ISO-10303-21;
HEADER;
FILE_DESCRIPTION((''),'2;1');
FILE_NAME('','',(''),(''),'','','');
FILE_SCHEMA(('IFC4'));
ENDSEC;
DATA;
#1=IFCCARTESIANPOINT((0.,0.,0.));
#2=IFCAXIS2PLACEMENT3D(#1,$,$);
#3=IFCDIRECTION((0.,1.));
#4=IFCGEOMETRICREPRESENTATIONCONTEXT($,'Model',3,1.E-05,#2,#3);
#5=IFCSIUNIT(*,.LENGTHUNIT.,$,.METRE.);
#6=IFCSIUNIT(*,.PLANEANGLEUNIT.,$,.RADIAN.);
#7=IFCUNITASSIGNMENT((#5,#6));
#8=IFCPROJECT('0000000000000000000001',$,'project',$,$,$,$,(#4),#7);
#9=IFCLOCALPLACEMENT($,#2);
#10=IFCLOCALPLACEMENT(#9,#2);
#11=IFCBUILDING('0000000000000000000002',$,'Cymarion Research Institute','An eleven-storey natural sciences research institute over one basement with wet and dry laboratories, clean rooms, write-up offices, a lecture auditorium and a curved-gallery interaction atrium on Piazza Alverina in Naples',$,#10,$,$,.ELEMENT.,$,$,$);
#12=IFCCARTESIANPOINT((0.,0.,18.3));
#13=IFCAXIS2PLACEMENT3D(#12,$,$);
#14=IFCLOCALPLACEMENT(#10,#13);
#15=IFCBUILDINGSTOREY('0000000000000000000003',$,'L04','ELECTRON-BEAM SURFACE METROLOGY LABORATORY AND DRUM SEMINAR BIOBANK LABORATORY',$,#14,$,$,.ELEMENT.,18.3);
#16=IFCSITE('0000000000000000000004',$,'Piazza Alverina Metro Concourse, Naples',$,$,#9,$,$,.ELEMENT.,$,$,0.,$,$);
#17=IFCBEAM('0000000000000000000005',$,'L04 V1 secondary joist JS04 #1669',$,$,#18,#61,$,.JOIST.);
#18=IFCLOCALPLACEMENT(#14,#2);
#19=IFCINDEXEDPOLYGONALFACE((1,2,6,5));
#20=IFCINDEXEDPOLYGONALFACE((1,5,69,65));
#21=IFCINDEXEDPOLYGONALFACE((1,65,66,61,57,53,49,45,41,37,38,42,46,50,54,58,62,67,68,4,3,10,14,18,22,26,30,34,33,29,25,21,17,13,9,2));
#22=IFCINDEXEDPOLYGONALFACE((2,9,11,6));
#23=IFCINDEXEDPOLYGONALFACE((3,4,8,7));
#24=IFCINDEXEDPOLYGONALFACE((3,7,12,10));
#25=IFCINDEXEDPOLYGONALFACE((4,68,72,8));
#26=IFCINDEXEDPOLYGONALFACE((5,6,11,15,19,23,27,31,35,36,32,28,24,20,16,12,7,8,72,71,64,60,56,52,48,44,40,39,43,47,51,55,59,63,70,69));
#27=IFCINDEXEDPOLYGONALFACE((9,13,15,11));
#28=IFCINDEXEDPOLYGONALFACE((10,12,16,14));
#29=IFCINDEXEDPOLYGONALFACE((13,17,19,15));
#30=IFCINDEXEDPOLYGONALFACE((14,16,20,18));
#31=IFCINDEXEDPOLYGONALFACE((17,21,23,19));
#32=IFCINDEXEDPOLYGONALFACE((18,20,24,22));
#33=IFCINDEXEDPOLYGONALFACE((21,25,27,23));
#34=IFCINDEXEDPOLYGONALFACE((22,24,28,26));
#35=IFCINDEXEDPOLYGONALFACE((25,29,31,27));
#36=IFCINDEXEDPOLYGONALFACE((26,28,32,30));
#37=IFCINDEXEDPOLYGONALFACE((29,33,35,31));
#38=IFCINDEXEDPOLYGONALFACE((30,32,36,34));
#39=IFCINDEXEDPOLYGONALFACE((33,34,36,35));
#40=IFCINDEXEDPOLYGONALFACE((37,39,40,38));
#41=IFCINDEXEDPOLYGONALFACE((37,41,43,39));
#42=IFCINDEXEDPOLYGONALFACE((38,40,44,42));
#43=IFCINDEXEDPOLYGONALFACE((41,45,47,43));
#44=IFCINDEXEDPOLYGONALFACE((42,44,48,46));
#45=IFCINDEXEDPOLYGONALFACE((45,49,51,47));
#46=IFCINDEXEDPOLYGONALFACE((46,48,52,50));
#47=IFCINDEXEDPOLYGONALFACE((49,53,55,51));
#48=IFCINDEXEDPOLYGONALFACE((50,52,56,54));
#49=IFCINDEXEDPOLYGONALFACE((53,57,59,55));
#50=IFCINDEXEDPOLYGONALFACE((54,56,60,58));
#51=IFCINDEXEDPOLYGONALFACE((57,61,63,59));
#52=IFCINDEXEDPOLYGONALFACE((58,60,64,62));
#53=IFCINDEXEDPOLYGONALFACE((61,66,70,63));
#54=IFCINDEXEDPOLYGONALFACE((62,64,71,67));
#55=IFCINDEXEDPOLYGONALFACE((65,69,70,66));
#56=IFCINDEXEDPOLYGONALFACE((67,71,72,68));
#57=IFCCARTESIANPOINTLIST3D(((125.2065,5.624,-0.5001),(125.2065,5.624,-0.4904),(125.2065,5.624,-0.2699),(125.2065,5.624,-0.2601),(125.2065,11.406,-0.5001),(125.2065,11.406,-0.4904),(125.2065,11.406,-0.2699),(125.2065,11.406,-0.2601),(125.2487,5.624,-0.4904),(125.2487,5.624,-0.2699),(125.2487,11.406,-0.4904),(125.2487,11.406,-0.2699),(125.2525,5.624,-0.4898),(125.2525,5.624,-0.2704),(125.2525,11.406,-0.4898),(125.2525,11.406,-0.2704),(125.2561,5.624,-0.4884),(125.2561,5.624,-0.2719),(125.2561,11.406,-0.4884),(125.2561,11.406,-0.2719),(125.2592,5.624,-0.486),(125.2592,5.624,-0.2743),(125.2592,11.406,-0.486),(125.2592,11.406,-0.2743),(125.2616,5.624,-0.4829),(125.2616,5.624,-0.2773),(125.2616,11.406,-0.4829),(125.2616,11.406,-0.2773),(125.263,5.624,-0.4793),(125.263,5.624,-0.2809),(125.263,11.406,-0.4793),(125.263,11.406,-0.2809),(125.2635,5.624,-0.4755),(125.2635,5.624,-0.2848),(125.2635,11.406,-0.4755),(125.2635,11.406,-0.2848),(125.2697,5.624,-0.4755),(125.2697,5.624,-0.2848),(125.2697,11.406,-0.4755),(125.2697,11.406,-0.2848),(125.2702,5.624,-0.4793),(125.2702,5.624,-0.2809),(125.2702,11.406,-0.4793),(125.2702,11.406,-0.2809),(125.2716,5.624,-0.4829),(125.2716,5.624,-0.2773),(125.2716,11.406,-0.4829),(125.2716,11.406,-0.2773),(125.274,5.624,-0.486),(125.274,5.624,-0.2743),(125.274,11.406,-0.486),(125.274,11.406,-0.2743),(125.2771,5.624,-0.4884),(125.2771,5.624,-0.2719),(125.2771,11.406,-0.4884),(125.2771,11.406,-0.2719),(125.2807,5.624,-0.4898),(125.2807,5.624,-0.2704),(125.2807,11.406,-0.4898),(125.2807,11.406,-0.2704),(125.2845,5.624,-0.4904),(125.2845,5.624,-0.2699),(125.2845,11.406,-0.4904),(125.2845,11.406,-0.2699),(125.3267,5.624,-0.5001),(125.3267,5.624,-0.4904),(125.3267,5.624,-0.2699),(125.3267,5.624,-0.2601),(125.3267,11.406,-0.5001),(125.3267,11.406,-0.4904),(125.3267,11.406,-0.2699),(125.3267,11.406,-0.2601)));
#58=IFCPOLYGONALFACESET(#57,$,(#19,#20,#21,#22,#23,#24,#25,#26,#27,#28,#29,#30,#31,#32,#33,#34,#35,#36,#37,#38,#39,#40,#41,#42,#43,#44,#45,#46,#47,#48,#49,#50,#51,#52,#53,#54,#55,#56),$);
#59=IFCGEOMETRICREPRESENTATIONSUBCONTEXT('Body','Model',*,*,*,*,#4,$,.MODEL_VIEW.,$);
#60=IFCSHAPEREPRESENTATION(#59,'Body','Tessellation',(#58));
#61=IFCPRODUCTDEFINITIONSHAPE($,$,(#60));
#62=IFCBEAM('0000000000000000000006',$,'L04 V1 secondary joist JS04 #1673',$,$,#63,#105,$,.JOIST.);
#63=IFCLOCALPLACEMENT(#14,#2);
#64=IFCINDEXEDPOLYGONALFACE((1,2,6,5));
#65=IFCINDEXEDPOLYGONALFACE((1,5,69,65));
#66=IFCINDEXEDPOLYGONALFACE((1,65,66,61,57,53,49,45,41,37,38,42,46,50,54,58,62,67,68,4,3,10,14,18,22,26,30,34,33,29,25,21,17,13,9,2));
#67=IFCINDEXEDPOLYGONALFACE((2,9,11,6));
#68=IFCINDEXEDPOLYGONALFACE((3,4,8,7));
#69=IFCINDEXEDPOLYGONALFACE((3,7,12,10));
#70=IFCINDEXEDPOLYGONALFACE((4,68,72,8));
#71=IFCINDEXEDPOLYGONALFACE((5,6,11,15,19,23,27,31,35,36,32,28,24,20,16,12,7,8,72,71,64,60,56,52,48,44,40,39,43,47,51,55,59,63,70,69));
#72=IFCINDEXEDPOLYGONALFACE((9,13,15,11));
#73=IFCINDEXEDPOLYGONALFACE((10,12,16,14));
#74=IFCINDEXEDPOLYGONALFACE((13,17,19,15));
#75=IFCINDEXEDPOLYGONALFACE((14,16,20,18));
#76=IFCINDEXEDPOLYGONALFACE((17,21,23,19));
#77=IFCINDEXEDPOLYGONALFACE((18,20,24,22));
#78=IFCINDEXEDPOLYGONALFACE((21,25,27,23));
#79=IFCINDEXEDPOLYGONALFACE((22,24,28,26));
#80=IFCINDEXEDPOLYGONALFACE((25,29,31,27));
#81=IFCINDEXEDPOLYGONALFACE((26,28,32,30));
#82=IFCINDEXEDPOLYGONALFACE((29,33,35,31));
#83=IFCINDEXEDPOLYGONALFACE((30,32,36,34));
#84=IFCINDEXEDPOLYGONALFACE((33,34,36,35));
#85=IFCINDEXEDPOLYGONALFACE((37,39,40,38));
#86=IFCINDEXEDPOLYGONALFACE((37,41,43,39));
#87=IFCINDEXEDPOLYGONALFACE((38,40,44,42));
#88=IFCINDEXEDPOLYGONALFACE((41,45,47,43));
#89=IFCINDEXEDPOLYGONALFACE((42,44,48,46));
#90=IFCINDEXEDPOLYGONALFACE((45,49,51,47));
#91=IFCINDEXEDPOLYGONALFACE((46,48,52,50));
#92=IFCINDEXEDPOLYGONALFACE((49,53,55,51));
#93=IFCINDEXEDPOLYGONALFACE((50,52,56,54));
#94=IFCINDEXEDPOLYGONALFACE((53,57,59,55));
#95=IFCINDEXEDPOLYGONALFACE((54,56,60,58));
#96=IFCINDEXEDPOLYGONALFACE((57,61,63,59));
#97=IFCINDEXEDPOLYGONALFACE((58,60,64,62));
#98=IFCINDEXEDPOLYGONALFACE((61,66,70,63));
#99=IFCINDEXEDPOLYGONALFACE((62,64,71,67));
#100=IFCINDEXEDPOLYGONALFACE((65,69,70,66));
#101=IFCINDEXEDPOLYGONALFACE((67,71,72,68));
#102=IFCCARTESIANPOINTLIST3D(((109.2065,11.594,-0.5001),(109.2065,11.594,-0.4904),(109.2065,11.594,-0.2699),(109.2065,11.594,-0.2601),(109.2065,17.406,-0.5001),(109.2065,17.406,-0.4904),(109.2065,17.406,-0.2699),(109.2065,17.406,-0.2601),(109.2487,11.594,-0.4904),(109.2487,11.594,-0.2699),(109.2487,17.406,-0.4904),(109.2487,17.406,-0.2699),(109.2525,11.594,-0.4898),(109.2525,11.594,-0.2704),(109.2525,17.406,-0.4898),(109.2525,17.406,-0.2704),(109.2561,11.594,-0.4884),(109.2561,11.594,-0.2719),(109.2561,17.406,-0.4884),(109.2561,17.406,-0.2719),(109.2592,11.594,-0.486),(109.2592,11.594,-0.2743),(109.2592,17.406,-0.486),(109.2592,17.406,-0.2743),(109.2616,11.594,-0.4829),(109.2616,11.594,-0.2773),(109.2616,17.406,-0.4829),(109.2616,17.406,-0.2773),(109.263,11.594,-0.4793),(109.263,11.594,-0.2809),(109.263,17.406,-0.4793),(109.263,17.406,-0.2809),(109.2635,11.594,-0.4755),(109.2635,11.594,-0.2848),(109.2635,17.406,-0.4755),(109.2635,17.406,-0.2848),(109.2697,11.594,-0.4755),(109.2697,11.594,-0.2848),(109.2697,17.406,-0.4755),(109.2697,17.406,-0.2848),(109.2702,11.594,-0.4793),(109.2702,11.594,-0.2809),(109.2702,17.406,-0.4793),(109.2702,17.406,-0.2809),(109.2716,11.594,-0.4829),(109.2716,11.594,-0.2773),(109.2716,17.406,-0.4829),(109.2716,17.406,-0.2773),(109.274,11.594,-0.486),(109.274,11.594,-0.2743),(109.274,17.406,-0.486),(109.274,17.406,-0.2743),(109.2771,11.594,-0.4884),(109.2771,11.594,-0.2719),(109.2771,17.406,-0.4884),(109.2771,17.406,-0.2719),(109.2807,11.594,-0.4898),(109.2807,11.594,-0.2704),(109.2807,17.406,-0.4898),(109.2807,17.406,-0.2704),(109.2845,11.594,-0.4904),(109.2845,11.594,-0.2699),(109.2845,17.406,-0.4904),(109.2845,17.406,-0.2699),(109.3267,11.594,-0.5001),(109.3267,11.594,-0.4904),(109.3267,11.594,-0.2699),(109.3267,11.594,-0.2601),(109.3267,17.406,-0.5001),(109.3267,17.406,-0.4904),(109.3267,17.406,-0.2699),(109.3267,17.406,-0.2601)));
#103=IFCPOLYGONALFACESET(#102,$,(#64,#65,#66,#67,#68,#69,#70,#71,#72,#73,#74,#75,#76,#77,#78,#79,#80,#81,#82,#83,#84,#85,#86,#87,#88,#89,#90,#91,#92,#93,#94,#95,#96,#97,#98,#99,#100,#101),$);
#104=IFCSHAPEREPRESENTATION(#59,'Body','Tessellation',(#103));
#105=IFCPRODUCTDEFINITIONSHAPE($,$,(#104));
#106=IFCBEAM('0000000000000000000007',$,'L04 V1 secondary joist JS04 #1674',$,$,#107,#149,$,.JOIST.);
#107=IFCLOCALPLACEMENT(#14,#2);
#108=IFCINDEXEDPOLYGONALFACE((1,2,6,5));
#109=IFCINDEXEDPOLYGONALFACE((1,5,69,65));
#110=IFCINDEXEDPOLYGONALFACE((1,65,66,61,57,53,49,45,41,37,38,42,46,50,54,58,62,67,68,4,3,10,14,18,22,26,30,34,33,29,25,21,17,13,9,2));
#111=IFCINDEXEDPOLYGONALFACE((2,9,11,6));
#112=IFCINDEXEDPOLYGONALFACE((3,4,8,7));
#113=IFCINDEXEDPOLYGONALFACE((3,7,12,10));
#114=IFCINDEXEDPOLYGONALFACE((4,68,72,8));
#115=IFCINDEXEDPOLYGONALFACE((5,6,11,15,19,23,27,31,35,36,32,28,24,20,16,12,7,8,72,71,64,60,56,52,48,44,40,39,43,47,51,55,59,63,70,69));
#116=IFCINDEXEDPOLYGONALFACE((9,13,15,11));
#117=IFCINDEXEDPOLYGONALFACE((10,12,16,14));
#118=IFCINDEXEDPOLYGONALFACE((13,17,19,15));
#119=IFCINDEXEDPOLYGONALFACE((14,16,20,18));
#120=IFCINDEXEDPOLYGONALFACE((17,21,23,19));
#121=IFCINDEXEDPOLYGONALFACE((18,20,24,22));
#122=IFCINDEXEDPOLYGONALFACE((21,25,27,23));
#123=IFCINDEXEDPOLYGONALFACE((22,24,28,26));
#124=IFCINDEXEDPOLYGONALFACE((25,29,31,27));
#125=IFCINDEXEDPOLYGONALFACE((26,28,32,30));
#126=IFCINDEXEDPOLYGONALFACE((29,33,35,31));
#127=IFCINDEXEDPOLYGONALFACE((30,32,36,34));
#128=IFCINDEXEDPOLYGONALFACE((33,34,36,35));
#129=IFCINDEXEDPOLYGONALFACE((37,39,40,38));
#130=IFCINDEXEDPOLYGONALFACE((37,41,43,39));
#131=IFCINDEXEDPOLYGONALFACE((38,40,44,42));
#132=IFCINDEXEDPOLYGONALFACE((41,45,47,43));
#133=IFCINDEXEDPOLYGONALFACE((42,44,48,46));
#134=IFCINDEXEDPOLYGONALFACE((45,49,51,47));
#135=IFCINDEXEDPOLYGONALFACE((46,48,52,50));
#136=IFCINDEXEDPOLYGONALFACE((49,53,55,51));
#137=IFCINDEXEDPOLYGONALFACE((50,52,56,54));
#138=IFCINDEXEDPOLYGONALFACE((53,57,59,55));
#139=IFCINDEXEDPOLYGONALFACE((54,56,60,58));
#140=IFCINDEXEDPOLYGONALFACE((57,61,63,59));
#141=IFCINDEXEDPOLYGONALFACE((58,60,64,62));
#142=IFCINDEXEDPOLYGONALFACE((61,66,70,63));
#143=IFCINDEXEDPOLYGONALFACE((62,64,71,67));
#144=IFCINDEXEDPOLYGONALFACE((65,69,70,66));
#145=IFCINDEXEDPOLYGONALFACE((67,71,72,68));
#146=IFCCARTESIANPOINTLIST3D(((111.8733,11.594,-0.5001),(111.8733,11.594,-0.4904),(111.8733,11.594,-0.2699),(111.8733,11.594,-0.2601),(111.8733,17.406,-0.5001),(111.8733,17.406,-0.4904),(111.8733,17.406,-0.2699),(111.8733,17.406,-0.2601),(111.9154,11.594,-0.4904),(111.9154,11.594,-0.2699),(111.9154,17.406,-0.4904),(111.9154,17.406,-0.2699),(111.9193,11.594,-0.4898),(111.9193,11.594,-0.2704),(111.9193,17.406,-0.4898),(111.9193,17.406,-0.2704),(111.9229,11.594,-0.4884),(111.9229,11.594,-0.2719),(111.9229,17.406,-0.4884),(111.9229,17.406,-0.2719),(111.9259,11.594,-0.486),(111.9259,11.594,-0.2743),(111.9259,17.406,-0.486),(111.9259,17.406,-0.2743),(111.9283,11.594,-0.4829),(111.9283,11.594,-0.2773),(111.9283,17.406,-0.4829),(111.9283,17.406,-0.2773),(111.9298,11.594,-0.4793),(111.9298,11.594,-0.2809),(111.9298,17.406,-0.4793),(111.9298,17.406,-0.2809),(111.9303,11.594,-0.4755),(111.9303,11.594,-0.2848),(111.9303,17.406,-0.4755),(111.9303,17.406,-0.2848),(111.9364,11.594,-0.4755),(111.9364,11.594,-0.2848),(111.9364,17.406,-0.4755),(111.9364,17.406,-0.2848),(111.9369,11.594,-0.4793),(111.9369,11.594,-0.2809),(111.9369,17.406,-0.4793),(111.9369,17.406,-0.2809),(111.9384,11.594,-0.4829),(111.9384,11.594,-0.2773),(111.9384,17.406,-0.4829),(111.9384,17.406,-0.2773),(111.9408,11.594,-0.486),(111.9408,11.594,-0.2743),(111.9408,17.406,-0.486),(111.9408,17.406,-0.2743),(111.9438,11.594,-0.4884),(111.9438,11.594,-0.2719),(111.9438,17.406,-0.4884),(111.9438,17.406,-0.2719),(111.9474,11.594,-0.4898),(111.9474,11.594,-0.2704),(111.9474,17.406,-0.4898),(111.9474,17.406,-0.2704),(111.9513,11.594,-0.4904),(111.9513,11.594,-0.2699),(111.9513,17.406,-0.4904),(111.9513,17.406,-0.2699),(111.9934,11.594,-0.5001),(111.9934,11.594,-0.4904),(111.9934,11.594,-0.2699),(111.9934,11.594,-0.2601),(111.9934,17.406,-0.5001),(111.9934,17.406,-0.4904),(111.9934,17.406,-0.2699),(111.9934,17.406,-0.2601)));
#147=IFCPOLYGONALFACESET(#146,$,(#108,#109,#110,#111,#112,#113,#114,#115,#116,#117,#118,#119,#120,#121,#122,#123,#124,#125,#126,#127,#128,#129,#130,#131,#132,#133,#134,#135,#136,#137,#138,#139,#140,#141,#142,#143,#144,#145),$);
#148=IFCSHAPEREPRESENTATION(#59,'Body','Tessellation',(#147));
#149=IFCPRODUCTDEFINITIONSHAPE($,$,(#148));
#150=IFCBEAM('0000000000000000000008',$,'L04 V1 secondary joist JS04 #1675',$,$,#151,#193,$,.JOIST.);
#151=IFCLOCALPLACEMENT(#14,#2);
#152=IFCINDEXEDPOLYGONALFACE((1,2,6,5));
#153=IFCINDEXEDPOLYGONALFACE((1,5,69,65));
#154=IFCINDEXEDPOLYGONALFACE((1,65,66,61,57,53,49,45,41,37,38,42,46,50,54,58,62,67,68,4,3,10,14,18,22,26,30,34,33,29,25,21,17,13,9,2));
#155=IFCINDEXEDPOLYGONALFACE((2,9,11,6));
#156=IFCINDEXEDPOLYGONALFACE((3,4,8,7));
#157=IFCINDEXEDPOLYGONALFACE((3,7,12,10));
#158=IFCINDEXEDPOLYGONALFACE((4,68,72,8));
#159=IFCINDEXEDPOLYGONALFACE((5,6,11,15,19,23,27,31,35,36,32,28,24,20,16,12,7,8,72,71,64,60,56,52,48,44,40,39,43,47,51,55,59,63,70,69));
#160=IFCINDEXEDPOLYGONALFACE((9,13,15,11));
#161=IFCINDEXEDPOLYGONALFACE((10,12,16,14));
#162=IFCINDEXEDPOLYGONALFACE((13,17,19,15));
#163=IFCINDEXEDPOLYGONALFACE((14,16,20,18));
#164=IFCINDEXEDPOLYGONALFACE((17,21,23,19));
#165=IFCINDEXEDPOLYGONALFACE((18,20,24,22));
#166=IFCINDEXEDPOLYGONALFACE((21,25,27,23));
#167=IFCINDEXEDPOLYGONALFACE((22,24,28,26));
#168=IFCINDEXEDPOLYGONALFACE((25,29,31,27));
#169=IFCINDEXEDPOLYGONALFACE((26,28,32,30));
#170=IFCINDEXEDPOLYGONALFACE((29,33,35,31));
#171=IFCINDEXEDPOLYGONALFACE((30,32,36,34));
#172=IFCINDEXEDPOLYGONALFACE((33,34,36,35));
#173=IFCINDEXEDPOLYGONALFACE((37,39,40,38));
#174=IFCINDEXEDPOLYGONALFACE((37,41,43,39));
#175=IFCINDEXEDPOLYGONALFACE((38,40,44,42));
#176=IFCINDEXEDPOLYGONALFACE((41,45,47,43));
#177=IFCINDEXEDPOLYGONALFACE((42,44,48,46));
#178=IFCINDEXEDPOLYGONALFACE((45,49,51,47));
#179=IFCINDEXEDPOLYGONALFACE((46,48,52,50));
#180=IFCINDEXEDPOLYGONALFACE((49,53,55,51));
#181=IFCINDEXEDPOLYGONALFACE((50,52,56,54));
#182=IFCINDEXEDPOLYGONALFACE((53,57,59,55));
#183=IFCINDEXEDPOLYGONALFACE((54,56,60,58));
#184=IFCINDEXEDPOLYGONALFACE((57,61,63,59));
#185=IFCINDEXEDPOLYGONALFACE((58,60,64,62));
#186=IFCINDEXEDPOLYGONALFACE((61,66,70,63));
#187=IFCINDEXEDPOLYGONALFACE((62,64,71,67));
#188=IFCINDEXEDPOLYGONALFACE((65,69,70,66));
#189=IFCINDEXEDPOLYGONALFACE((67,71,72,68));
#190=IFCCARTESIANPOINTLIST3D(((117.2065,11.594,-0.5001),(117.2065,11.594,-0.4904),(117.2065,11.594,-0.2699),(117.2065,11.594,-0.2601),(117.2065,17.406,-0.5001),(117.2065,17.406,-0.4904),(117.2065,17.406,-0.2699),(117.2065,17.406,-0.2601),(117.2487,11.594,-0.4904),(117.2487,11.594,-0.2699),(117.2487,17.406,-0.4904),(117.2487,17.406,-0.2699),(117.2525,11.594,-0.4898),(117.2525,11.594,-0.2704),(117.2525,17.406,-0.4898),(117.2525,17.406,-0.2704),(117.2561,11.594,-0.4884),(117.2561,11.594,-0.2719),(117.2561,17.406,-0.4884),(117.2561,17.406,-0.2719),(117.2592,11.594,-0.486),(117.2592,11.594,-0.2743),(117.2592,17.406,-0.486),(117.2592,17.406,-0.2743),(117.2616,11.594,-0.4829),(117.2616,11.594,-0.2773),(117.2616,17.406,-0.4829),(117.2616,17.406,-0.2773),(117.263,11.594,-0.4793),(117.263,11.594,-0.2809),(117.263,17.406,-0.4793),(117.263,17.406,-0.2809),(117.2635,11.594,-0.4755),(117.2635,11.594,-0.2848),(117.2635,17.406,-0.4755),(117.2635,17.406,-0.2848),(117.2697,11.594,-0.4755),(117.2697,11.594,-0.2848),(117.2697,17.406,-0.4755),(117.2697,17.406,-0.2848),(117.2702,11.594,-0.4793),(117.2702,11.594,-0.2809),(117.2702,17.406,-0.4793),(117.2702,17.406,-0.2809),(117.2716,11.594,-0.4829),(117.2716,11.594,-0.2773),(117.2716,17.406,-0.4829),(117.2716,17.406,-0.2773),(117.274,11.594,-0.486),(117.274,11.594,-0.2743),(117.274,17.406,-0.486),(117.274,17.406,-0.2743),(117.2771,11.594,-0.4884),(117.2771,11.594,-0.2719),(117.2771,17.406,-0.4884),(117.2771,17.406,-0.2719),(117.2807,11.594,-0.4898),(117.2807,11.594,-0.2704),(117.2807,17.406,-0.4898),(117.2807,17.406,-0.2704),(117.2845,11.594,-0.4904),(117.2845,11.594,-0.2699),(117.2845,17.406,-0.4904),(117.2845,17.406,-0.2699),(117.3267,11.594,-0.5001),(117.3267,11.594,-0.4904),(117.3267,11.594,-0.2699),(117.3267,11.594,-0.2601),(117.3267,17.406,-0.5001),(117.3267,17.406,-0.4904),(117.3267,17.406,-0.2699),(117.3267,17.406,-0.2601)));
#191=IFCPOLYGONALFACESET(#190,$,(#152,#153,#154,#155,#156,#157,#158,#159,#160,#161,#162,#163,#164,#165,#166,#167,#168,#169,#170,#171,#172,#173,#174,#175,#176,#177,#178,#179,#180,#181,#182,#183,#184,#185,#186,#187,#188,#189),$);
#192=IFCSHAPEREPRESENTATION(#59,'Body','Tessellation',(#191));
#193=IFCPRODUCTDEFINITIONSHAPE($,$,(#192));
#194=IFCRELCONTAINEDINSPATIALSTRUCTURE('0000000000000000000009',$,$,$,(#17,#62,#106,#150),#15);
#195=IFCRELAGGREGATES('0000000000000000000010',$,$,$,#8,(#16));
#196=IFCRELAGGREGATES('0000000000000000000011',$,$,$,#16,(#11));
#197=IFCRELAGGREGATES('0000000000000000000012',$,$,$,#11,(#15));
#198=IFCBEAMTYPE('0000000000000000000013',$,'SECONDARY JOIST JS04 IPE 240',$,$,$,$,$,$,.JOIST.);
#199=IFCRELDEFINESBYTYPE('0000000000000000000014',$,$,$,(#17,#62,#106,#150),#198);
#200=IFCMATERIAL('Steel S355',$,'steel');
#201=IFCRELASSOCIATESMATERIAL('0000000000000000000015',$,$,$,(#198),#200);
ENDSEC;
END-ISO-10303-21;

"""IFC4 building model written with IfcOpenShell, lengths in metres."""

from ifc_helpers import new_model, si_unit, direction, frame, origin, origin_2d, place, context, subcontext, project, spatial, i_section, extrude, material, material_profile, profile_set, type_object, element, save


model = new_model("IFC4")

# Units and contexts
model_context = context("Model", 3, precision=1e-05, world=origin(), true_north=direction((0.0, 1.0)))
body_context = subcontext(model_context, "Body", "Model", "MODEL_VIEW")
ifc_project = project(units=[si_unit("LENGTHUNIT", "METRE"), si_unit("PLANEANGLEUNIT", "RADIAN")], contexts=[model_context])

# Site, building, storey
site_placement = place(None, origin())
site = spatial("IfcSite", under=ifc_project, at=site_placement, Name="Piazza Alverina Metro Concourse, Naples", CompositionType="ELEMENT", RefElevation=0.0)
building_placement = place(site_placement, origin())
building = spatial("IfcBuilding", under=site, at=building_placement, Name="Cymarion Research Institute", Description="An eleven-storey natural sciences research institute over one basement with wet and dry laboratories, clean rooms, write-up offices, a lecture auditorium and a curved-gallery interaction atrium on Piazza Alverina in Naples", CompositionType="ELEMENT")
storey_placement = place(building_placement, frame((0.0, 0.0, 18.3)))
storey = spatial("IfcBuildingStorey", under=building, at=storey_placement, Name="L04", Description="ELECTRON-BEAM SURFACE METROLOGY LABORATORY AND DRUM SEMINAR BIOBANK LABORATORY", CompositionType="ELEMENT", Elevation=18.3)

# Beams
ifc_material = material(Name="Steel S355", Category="steel")
ifc_material_profile_1 = material_profile(ifc_material, i_section(OverallWidth=0.1201, OverallDepth=0.24, WebThickness=0.0061, FlangeThickness=0.0098, FilletRadius=0.0149, at=origin_2d()), Name="IPE 240")
ifc_profile_set_1 = profile_set([ifc_material_profile_1], Name="Steel S355")
beam_type_1 = type_object("IfcBeamType", Name="SECONDARY JOIST JS04 IPE 240", PredefinedType="JOIST", material=ifc_profile_set_1)
for number, where, z_axis, x_axis, name in (
    (1, (125.2666, 5.624, -0.3801), (0.0, 1.0, 0.0), (-1.0, 0.0, 0.0), "L04 V1 secondary joist JS04 #1669"),
):
    element("IfcBeam", number, at=place(storey_placement, frame(where, z_axis=z_axis, x_axis=x_axis)), inside=storey, type_object=beam_type_1, Name=name, PredefinedType="JOIST", context=body_context, shape_type="SweptSolid", body=[
        extrude(i_section(OverallWidth=0.1201, OverallDepth=0.24, WebThickness=0.0061, FlangeThickness=0.0098, FilletRadius=0.0149, at=origin_2d()), origin(), (0.0, 0.0, 1.0), 5.782),
    ])
for number, where, z_axis, x_axis, name in (
    (2, (109.2666, 11.594, -0.3801), (0.0, 1.0, 0.0), (-1.0, 0.0, 0.0), "L04 V1 secondary joist JS04 #1673"),
    (3, (111.9333, 11.594, -0.3801), (0.0, 1.0, 0.0), (-1.0, 0.0, 0.0), "L04 V1 secondary joist JS04 #1674"),
    (4, (117.2666, 11.594, -0.3801), (0.0, 1.0, 0.0), (-1.0, 0.0, 0.0), "L04 V1 secondary joist JS04 #1675"),
):
    element("IfcBeam", number, at=place(storey_placement, frame(where, z_axis=z_axis, x_axis=x_axis)), inside=storey, type_object=beam_type_1, Name=name, PredefinedType="JOIST", context=body_context, shape_type="SweptSolid", body=[
        extrude(i_section(OverallWidth=0.1201, OverallDepth=0.24, WebThickness=0.0061, FlangeThickness=0.0098, FilletRadius=0.0149, at=origin_2d()), origin(), (0.0, 0.0, 1.0), 5.812),
    ])

save(model, "model.ifc")
